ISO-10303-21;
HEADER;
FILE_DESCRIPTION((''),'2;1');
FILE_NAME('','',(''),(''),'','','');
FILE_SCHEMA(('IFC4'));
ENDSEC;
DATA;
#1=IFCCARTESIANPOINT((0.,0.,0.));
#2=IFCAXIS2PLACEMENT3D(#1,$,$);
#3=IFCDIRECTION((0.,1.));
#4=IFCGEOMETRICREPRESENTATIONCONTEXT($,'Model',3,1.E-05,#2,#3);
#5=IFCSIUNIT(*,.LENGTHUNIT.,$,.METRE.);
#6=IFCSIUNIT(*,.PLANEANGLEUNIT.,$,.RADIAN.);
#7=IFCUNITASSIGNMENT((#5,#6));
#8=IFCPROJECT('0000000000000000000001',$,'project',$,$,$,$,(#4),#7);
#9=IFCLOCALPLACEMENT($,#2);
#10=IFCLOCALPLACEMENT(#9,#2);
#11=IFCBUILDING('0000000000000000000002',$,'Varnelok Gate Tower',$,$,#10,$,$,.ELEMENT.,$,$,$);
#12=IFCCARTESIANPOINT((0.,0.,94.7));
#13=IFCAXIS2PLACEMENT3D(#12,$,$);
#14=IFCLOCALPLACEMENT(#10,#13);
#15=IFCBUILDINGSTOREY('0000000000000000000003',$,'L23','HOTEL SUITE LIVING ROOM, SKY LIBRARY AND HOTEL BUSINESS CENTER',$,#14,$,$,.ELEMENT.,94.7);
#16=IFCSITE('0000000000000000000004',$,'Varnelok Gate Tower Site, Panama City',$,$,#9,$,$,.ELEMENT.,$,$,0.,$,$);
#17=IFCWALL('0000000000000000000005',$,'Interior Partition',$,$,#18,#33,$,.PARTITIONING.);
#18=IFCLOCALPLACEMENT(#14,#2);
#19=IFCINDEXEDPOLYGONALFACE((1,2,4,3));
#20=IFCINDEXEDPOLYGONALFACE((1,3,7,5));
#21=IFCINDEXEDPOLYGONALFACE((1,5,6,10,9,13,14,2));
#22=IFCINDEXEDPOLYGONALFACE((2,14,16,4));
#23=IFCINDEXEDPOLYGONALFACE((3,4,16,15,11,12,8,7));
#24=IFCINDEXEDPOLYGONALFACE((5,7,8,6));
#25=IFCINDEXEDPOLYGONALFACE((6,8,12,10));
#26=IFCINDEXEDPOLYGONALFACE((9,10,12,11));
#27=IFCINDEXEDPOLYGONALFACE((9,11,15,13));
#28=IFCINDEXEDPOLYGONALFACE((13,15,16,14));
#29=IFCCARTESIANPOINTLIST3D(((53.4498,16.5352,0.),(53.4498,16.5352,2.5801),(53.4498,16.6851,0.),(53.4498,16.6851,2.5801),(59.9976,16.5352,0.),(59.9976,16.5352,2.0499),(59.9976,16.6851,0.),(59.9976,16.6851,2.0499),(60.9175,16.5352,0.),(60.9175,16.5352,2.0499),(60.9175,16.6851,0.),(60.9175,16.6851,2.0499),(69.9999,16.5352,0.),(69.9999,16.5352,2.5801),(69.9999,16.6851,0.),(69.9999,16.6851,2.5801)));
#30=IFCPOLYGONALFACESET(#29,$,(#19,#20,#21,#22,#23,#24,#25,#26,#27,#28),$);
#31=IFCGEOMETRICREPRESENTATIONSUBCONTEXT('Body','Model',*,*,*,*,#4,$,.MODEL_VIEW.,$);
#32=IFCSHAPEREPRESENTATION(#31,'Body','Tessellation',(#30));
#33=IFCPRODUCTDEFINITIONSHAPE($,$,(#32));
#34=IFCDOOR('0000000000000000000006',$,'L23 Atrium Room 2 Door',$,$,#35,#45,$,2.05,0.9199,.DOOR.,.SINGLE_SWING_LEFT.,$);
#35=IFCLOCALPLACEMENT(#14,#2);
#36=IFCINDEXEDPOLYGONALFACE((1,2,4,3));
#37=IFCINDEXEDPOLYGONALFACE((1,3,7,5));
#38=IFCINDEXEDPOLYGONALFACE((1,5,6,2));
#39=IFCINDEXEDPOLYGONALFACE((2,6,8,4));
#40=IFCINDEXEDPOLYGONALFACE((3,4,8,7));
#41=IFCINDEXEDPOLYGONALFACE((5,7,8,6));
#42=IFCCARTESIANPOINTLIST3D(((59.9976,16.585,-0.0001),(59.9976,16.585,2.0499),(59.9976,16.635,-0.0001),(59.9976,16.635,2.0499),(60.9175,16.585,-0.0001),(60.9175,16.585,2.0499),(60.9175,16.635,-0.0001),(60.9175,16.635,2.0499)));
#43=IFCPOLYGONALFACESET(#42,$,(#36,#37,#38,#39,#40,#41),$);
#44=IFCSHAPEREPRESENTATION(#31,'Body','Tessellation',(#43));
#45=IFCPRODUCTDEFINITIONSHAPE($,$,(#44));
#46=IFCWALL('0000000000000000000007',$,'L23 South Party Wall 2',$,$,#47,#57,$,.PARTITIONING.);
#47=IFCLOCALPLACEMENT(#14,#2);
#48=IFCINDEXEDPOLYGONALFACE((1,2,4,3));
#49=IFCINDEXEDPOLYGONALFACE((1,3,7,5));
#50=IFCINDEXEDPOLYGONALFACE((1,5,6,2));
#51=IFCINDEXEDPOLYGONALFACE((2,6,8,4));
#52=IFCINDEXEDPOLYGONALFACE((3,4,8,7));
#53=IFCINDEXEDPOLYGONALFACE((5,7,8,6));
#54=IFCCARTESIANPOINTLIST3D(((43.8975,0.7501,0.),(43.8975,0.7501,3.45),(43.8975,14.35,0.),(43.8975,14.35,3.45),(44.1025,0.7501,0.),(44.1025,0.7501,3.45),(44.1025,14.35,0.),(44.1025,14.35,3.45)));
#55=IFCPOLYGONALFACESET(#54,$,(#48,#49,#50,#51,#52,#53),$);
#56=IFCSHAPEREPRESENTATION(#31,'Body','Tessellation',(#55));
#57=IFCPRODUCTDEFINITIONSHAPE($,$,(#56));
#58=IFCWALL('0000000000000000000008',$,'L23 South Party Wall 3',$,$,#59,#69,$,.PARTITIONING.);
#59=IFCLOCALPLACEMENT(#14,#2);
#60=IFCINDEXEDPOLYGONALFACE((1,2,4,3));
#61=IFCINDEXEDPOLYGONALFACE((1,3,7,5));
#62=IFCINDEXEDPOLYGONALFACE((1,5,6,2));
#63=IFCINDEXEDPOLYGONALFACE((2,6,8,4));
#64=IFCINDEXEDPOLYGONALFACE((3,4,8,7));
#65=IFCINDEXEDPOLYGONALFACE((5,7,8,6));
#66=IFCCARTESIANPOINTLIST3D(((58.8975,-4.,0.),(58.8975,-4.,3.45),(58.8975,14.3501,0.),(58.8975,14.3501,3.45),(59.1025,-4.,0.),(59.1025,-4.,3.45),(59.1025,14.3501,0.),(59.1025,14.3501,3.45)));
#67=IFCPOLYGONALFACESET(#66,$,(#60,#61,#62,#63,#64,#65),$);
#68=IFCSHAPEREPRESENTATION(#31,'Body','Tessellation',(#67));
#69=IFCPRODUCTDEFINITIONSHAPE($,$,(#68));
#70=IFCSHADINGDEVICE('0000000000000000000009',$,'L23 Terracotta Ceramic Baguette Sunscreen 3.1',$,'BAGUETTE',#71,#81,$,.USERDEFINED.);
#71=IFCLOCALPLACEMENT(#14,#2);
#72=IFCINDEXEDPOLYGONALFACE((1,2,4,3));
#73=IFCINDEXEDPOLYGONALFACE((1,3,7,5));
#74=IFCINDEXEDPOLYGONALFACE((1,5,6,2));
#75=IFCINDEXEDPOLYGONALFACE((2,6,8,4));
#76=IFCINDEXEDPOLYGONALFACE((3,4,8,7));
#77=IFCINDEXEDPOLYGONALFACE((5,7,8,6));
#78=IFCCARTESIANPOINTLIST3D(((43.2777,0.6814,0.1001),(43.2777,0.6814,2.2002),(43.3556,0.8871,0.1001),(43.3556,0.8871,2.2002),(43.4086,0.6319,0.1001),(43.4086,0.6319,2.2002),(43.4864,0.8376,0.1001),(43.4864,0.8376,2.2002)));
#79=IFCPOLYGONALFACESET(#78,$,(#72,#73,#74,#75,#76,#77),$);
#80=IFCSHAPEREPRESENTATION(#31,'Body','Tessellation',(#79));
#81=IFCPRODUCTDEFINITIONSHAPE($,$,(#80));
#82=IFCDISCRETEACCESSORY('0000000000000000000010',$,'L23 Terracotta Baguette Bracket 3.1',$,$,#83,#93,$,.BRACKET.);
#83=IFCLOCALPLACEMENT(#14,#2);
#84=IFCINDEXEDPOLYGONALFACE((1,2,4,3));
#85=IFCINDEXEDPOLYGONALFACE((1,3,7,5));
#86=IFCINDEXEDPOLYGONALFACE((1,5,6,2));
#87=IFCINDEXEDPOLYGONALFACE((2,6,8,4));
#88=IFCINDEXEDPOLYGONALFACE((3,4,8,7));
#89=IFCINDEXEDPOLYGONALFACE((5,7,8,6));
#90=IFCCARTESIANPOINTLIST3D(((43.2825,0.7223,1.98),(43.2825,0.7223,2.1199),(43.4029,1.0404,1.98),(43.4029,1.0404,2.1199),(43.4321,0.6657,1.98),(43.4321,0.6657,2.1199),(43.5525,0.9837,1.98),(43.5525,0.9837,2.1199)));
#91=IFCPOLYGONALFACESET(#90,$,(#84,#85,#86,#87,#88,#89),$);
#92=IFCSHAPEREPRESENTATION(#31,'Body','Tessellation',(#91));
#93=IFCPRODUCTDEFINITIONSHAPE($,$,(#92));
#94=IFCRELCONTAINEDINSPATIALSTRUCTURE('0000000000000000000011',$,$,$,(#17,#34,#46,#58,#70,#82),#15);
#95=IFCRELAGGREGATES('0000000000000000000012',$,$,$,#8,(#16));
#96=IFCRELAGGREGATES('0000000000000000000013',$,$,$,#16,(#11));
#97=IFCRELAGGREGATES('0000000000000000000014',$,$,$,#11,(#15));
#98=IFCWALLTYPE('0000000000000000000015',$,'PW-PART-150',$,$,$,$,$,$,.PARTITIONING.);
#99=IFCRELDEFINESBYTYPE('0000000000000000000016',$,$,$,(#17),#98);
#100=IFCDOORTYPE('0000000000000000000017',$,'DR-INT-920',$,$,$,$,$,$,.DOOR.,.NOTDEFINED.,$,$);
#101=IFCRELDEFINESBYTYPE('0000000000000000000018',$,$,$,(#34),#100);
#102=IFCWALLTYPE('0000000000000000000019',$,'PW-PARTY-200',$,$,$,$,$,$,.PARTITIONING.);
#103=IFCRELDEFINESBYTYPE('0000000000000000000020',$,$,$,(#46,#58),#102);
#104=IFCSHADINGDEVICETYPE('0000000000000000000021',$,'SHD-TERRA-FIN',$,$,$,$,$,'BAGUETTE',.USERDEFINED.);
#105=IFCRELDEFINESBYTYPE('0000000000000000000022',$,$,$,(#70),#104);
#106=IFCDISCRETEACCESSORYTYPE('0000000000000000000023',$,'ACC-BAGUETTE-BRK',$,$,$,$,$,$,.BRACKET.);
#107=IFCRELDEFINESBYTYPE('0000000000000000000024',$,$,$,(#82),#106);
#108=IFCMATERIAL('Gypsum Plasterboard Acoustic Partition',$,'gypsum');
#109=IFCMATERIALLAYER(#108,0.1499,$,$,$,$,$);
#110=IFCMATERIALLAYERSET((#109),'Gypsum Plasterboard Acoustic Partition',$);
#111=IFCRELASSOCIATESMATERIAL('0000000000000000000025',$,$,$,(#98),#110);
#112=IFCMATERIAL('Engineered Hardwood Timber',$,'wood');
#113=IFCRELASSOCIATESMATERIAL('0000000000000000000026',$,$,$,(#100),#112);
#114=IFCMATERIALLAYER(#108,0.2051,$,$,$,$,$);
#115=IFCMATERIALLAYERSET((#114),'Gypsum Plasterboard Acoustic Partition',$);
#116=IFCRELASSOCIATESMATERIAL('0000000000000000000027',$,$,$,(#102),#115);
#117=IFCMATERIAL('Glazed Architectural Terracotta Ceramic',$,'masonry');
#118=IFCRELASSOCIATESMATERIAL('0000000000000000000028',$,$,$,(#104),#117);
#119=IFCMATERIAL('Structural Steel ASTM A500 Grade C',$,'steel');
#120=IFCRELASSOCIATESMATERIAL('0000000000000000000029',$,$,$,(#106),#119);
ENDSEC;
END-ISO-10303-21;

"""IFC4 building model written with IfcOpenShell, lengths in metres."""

from ifc_helpers import new_model, si_unit, direction, frame, frame_2d, origin, origin_2d, place, context, subcontext, project, spatial, rectangle, extrude, source, transform, mapped, material, layer, layer_set, type_object, element, fill, save


model = new_model("IFC4")

# Units and contexts
model_context = context("Model", 3, precision=1e-05, world=origin(), true_north=direction((0.0, 1.0)))
body_context = subcontext(model_context, "Body", "Model", "MODEL_VIEW")
ifc_project = project(units=[si_unit("LENGTHUNIT", "METRE"), si_unit("PLANEANGLEUNIT", "RADIAN")], contexts=[model_context])

# Site, building, storey
site_placement = place(None, origin())
site = spatial("IfcSite", under=ifc_project, at=site_placement, Name="Varnelok Gate Tower Site, Panama City", CompositionType="ELEMENT", RefElevation=0.0)
building_placement = place(site_placement, origin())
building = spatial("IfcBuilding", under=site, at=building_placement, Name="Varnelok Gate Tower", CompositionType="ELEMENT")
storey_placement = place(building_placement, frame((0.0, 0.0, 94.7)))
storey = spatial("IfcBuildingStorey", under=building, at=storey_placement, Name="L23", Description="HOTEL SUITE LIVING ROOM, SKY LIBRARY AND HOTEL BUSINESS CENTER", CompositionType="ELEMENT", Elevation=94.7)

# Shared definitions
ifc_material_1 = material(Name="Gypsum Plasterboard Acoustic Partition", Category="gypsum")
ifc_material_2 = material(Name="Engineered Hardwood Timber", Category="wood")

# Wall, opening, door
ifc_layer_1 = layer(ifc_material_1, 0.1499)
ifc_layer_set_1 = layer_set([ifc_layer_1], Name="Gypsum Plasterboard Acoustic Partition")
wall_type_1 = type_object("IfcWallType", Name="PW-PART-150", PredefinedType="PARTITIONING", material=ifc_layer_set_1)
wall_1_placement = place(storey_placement, frame((53.45, 16.6101, 0.0), z_axis=(0.0, 0.0, 1.0), x_axis=(1.0, 0.0, 0.0)))
wall_1 = element("IfcWall", 1, at=wall_1_placement, inside=storey, type_object=wall_type_1, Name="Interior Partition", PredefinedType="PARTITIONING", context=body_context, shape_type="SweptSolid", body=[
    extrude(rectangle(XDim=16.55, YDim=0.1499, at=frame_2d((8.2749, 0.0))), origin(), (0.0, 0.0, 1.0), 2.5801),
])
opening_1_placement = place(wall_1_placement, frame((6.5476, 0.0, 0.0)))
opening_1 = element("IfcOpeningElement", 2, at=opening_1_placement, cuts=wall_1, PredefinedType="OPENING", context=body_context, shape_type="SweptSolid", body=[
    extrude(rectangle(XDim=0.9199, YDim=2.05, at=frame_2d((0.46, 1.0249))), frame((0.0, 0.085, 0.0), z_axis=(0.0, -1.0, 0.0), x_axis=(1.0, 0.0, 0.0)), (0.0, 0.0, 1.0), 0.1699),
])
door_type_1 = type_object("IfcDoorType", Name="DR-INT-920", OperationType="NOTDEFINED", PredefinedType="DOOR", material=ifc_material_2)
door_1_placement = place(opening_1_placement, origin())
door_1 = element("IfcDoor", 3, at=door_1_placement, inside=storey, type_object=door_type_1, Name="L23 Atrium Room 2 Door", OperationType="SINGLE_SWING_LEFT", OverallHeight=2.05, OverallWidth=0.9199, PredefinedType="DOOR", context=body_context, shape_type="SweptSolid", body=[
    extrude(rectangle(XDim=0.9199, YDim=2.05, at=frame_2d((0.46, 1.0249))), frame((0.0, 0.0249, 0.0), z_axis=(0.0, -1.0, 0.0), x_axis=(1.0, 0.0, 0.0)), (0.0, 0.0, 1.0), 0.05),
])
fill(opening_1, door_1)

# Walls
ifc_layer_2 = layer(ifc_material_1, 0.2051)
ifc_layer_set_2 = layer_set([ifc_layer_2], Name="Gypsum Plasterboard Acoustic Partition")
wall_type_2 = type_object("IfcWallType", Name="PW-PARTY-200", PredefinedType="PARTITIONING", material=ifc_layer_set_2)
wall_2_placement = place(storey_placement, frame((44.0, 0.7502, 0.0), z_axis=(0.0, 0.0, 1.0), x_axis=(0.0, 1.0, 0.0)))
element("IfcWall", 4, at=wall_2_placement, inside=storey, type_object=wall_type_2, Name="L23 South Party Wall 2", PredefinedType="PARTITIONING", context=body_context, shape_type="SweptSolid", body=[
    extrude(rectangle(XDim=13.5999, YDim=0.2051, at=frame_2d((6.7998, 0.0))), origin(), (0.0, 0.0, 1.0), 3.45),
])
wall_3_placement = place(storey_placement, frame((59.0, -4.0, 0.0), z_axis=(0.0, 0.0, 1.0), x_axis=(0.0, 1.0, 0.0)))
element("IfcWall", 5, at=wall_3_placement, inside=storey, type_object=wall_type_2, Name="L23 South Party Wall 3", PredefinedType="PARTITIONING", context=body_context, shape_type="SweptSolid", body=[
    extrude(rectangle(XDim=18.3501, YDim=0.2051, at=frame_2d((9.175, 0.0))), origin(), (0.0, 0.0, 1.0), 3.45),
])

# Shading device
ifc_material_3 = material(Name="Glazed Architectural Terracotta Ceramic", Category="masonry")
shading_device_type = type_object("IfcShadingDeviceType", Name="SHD-TERRA-FIN", ElementType="BAGUETTE", PredefinedType="USERDEFINED", material=ifc_material_3)
shared_shape_1 = source(origin(), body_context, "Body", "SweptSolid", [
    extrude(rectangle(XDim=0.1399, YDim=0.22, at=origin_2d()), origin(), (0.0, 0.0, 1.0), 2.1001),
])
shading_device_placement = place(storey_placement, frame((43.3821, 0.7595, 0.1001), z_axis=(0.0, 0.0, 1.0), x_axis=(0.935222, -0.354063, 0.0)))
element("IfcShadingDevice", 6, at=shading_device_placement, inside=storey, type_object=shading_device_type, Name="L23 Terracotta Ceramic Baguette Sunscreen 3.1", ObjectType="BAGUETTE", PredefinedType="USERDEFINED", context=body_context, shape_type="MappedRepresentation", body=[
    mapped(shared_shape_1, transform((0.0, 0.0, 0.0), scale=1.0)),
])

# Discrete accessory
ifc_material_4 = material(Name="Structural Steel ASTM A500 Grade C", Category="steel")
discrete_accessory_type = type_object("IfcDiscreteAccessoryType", Name="ACC-BAGUETTE-BRK", PredefinedType="BRACKET", material=ifc_material_4)
shared_shape_2 = source(origin(), body_context, "Body", "SweptSolid", [
    extrude(rectangle(XDim=0.1599, YDim=0.3401, at=origin_2d()), origin(), (0.0, 0.0, 1.0), 0.1399),
])
discrete_accessory_placement = place(storey_placement, frame((43.4175, 0.853, 1.98), z_axis=(0.0, 0.0, 1.0), x_axis=(0.935222, -0.354063, 0.0)))
element("IfcDiscreteAccessory", 7, at=discrete_accessory_placement, inside=storey, type_object=discrete_accessory_type, Name="L23 Terracotta Baguette Bracket 3.1", PredefinedType="BRACKET", context=body_context, shape_type="MappedRepresentation", body=[
    mapped(shared_shape_2, transform((0.0, 0.0, 0.0), scale=1.0)),
])

save(model, "model.ifc")
